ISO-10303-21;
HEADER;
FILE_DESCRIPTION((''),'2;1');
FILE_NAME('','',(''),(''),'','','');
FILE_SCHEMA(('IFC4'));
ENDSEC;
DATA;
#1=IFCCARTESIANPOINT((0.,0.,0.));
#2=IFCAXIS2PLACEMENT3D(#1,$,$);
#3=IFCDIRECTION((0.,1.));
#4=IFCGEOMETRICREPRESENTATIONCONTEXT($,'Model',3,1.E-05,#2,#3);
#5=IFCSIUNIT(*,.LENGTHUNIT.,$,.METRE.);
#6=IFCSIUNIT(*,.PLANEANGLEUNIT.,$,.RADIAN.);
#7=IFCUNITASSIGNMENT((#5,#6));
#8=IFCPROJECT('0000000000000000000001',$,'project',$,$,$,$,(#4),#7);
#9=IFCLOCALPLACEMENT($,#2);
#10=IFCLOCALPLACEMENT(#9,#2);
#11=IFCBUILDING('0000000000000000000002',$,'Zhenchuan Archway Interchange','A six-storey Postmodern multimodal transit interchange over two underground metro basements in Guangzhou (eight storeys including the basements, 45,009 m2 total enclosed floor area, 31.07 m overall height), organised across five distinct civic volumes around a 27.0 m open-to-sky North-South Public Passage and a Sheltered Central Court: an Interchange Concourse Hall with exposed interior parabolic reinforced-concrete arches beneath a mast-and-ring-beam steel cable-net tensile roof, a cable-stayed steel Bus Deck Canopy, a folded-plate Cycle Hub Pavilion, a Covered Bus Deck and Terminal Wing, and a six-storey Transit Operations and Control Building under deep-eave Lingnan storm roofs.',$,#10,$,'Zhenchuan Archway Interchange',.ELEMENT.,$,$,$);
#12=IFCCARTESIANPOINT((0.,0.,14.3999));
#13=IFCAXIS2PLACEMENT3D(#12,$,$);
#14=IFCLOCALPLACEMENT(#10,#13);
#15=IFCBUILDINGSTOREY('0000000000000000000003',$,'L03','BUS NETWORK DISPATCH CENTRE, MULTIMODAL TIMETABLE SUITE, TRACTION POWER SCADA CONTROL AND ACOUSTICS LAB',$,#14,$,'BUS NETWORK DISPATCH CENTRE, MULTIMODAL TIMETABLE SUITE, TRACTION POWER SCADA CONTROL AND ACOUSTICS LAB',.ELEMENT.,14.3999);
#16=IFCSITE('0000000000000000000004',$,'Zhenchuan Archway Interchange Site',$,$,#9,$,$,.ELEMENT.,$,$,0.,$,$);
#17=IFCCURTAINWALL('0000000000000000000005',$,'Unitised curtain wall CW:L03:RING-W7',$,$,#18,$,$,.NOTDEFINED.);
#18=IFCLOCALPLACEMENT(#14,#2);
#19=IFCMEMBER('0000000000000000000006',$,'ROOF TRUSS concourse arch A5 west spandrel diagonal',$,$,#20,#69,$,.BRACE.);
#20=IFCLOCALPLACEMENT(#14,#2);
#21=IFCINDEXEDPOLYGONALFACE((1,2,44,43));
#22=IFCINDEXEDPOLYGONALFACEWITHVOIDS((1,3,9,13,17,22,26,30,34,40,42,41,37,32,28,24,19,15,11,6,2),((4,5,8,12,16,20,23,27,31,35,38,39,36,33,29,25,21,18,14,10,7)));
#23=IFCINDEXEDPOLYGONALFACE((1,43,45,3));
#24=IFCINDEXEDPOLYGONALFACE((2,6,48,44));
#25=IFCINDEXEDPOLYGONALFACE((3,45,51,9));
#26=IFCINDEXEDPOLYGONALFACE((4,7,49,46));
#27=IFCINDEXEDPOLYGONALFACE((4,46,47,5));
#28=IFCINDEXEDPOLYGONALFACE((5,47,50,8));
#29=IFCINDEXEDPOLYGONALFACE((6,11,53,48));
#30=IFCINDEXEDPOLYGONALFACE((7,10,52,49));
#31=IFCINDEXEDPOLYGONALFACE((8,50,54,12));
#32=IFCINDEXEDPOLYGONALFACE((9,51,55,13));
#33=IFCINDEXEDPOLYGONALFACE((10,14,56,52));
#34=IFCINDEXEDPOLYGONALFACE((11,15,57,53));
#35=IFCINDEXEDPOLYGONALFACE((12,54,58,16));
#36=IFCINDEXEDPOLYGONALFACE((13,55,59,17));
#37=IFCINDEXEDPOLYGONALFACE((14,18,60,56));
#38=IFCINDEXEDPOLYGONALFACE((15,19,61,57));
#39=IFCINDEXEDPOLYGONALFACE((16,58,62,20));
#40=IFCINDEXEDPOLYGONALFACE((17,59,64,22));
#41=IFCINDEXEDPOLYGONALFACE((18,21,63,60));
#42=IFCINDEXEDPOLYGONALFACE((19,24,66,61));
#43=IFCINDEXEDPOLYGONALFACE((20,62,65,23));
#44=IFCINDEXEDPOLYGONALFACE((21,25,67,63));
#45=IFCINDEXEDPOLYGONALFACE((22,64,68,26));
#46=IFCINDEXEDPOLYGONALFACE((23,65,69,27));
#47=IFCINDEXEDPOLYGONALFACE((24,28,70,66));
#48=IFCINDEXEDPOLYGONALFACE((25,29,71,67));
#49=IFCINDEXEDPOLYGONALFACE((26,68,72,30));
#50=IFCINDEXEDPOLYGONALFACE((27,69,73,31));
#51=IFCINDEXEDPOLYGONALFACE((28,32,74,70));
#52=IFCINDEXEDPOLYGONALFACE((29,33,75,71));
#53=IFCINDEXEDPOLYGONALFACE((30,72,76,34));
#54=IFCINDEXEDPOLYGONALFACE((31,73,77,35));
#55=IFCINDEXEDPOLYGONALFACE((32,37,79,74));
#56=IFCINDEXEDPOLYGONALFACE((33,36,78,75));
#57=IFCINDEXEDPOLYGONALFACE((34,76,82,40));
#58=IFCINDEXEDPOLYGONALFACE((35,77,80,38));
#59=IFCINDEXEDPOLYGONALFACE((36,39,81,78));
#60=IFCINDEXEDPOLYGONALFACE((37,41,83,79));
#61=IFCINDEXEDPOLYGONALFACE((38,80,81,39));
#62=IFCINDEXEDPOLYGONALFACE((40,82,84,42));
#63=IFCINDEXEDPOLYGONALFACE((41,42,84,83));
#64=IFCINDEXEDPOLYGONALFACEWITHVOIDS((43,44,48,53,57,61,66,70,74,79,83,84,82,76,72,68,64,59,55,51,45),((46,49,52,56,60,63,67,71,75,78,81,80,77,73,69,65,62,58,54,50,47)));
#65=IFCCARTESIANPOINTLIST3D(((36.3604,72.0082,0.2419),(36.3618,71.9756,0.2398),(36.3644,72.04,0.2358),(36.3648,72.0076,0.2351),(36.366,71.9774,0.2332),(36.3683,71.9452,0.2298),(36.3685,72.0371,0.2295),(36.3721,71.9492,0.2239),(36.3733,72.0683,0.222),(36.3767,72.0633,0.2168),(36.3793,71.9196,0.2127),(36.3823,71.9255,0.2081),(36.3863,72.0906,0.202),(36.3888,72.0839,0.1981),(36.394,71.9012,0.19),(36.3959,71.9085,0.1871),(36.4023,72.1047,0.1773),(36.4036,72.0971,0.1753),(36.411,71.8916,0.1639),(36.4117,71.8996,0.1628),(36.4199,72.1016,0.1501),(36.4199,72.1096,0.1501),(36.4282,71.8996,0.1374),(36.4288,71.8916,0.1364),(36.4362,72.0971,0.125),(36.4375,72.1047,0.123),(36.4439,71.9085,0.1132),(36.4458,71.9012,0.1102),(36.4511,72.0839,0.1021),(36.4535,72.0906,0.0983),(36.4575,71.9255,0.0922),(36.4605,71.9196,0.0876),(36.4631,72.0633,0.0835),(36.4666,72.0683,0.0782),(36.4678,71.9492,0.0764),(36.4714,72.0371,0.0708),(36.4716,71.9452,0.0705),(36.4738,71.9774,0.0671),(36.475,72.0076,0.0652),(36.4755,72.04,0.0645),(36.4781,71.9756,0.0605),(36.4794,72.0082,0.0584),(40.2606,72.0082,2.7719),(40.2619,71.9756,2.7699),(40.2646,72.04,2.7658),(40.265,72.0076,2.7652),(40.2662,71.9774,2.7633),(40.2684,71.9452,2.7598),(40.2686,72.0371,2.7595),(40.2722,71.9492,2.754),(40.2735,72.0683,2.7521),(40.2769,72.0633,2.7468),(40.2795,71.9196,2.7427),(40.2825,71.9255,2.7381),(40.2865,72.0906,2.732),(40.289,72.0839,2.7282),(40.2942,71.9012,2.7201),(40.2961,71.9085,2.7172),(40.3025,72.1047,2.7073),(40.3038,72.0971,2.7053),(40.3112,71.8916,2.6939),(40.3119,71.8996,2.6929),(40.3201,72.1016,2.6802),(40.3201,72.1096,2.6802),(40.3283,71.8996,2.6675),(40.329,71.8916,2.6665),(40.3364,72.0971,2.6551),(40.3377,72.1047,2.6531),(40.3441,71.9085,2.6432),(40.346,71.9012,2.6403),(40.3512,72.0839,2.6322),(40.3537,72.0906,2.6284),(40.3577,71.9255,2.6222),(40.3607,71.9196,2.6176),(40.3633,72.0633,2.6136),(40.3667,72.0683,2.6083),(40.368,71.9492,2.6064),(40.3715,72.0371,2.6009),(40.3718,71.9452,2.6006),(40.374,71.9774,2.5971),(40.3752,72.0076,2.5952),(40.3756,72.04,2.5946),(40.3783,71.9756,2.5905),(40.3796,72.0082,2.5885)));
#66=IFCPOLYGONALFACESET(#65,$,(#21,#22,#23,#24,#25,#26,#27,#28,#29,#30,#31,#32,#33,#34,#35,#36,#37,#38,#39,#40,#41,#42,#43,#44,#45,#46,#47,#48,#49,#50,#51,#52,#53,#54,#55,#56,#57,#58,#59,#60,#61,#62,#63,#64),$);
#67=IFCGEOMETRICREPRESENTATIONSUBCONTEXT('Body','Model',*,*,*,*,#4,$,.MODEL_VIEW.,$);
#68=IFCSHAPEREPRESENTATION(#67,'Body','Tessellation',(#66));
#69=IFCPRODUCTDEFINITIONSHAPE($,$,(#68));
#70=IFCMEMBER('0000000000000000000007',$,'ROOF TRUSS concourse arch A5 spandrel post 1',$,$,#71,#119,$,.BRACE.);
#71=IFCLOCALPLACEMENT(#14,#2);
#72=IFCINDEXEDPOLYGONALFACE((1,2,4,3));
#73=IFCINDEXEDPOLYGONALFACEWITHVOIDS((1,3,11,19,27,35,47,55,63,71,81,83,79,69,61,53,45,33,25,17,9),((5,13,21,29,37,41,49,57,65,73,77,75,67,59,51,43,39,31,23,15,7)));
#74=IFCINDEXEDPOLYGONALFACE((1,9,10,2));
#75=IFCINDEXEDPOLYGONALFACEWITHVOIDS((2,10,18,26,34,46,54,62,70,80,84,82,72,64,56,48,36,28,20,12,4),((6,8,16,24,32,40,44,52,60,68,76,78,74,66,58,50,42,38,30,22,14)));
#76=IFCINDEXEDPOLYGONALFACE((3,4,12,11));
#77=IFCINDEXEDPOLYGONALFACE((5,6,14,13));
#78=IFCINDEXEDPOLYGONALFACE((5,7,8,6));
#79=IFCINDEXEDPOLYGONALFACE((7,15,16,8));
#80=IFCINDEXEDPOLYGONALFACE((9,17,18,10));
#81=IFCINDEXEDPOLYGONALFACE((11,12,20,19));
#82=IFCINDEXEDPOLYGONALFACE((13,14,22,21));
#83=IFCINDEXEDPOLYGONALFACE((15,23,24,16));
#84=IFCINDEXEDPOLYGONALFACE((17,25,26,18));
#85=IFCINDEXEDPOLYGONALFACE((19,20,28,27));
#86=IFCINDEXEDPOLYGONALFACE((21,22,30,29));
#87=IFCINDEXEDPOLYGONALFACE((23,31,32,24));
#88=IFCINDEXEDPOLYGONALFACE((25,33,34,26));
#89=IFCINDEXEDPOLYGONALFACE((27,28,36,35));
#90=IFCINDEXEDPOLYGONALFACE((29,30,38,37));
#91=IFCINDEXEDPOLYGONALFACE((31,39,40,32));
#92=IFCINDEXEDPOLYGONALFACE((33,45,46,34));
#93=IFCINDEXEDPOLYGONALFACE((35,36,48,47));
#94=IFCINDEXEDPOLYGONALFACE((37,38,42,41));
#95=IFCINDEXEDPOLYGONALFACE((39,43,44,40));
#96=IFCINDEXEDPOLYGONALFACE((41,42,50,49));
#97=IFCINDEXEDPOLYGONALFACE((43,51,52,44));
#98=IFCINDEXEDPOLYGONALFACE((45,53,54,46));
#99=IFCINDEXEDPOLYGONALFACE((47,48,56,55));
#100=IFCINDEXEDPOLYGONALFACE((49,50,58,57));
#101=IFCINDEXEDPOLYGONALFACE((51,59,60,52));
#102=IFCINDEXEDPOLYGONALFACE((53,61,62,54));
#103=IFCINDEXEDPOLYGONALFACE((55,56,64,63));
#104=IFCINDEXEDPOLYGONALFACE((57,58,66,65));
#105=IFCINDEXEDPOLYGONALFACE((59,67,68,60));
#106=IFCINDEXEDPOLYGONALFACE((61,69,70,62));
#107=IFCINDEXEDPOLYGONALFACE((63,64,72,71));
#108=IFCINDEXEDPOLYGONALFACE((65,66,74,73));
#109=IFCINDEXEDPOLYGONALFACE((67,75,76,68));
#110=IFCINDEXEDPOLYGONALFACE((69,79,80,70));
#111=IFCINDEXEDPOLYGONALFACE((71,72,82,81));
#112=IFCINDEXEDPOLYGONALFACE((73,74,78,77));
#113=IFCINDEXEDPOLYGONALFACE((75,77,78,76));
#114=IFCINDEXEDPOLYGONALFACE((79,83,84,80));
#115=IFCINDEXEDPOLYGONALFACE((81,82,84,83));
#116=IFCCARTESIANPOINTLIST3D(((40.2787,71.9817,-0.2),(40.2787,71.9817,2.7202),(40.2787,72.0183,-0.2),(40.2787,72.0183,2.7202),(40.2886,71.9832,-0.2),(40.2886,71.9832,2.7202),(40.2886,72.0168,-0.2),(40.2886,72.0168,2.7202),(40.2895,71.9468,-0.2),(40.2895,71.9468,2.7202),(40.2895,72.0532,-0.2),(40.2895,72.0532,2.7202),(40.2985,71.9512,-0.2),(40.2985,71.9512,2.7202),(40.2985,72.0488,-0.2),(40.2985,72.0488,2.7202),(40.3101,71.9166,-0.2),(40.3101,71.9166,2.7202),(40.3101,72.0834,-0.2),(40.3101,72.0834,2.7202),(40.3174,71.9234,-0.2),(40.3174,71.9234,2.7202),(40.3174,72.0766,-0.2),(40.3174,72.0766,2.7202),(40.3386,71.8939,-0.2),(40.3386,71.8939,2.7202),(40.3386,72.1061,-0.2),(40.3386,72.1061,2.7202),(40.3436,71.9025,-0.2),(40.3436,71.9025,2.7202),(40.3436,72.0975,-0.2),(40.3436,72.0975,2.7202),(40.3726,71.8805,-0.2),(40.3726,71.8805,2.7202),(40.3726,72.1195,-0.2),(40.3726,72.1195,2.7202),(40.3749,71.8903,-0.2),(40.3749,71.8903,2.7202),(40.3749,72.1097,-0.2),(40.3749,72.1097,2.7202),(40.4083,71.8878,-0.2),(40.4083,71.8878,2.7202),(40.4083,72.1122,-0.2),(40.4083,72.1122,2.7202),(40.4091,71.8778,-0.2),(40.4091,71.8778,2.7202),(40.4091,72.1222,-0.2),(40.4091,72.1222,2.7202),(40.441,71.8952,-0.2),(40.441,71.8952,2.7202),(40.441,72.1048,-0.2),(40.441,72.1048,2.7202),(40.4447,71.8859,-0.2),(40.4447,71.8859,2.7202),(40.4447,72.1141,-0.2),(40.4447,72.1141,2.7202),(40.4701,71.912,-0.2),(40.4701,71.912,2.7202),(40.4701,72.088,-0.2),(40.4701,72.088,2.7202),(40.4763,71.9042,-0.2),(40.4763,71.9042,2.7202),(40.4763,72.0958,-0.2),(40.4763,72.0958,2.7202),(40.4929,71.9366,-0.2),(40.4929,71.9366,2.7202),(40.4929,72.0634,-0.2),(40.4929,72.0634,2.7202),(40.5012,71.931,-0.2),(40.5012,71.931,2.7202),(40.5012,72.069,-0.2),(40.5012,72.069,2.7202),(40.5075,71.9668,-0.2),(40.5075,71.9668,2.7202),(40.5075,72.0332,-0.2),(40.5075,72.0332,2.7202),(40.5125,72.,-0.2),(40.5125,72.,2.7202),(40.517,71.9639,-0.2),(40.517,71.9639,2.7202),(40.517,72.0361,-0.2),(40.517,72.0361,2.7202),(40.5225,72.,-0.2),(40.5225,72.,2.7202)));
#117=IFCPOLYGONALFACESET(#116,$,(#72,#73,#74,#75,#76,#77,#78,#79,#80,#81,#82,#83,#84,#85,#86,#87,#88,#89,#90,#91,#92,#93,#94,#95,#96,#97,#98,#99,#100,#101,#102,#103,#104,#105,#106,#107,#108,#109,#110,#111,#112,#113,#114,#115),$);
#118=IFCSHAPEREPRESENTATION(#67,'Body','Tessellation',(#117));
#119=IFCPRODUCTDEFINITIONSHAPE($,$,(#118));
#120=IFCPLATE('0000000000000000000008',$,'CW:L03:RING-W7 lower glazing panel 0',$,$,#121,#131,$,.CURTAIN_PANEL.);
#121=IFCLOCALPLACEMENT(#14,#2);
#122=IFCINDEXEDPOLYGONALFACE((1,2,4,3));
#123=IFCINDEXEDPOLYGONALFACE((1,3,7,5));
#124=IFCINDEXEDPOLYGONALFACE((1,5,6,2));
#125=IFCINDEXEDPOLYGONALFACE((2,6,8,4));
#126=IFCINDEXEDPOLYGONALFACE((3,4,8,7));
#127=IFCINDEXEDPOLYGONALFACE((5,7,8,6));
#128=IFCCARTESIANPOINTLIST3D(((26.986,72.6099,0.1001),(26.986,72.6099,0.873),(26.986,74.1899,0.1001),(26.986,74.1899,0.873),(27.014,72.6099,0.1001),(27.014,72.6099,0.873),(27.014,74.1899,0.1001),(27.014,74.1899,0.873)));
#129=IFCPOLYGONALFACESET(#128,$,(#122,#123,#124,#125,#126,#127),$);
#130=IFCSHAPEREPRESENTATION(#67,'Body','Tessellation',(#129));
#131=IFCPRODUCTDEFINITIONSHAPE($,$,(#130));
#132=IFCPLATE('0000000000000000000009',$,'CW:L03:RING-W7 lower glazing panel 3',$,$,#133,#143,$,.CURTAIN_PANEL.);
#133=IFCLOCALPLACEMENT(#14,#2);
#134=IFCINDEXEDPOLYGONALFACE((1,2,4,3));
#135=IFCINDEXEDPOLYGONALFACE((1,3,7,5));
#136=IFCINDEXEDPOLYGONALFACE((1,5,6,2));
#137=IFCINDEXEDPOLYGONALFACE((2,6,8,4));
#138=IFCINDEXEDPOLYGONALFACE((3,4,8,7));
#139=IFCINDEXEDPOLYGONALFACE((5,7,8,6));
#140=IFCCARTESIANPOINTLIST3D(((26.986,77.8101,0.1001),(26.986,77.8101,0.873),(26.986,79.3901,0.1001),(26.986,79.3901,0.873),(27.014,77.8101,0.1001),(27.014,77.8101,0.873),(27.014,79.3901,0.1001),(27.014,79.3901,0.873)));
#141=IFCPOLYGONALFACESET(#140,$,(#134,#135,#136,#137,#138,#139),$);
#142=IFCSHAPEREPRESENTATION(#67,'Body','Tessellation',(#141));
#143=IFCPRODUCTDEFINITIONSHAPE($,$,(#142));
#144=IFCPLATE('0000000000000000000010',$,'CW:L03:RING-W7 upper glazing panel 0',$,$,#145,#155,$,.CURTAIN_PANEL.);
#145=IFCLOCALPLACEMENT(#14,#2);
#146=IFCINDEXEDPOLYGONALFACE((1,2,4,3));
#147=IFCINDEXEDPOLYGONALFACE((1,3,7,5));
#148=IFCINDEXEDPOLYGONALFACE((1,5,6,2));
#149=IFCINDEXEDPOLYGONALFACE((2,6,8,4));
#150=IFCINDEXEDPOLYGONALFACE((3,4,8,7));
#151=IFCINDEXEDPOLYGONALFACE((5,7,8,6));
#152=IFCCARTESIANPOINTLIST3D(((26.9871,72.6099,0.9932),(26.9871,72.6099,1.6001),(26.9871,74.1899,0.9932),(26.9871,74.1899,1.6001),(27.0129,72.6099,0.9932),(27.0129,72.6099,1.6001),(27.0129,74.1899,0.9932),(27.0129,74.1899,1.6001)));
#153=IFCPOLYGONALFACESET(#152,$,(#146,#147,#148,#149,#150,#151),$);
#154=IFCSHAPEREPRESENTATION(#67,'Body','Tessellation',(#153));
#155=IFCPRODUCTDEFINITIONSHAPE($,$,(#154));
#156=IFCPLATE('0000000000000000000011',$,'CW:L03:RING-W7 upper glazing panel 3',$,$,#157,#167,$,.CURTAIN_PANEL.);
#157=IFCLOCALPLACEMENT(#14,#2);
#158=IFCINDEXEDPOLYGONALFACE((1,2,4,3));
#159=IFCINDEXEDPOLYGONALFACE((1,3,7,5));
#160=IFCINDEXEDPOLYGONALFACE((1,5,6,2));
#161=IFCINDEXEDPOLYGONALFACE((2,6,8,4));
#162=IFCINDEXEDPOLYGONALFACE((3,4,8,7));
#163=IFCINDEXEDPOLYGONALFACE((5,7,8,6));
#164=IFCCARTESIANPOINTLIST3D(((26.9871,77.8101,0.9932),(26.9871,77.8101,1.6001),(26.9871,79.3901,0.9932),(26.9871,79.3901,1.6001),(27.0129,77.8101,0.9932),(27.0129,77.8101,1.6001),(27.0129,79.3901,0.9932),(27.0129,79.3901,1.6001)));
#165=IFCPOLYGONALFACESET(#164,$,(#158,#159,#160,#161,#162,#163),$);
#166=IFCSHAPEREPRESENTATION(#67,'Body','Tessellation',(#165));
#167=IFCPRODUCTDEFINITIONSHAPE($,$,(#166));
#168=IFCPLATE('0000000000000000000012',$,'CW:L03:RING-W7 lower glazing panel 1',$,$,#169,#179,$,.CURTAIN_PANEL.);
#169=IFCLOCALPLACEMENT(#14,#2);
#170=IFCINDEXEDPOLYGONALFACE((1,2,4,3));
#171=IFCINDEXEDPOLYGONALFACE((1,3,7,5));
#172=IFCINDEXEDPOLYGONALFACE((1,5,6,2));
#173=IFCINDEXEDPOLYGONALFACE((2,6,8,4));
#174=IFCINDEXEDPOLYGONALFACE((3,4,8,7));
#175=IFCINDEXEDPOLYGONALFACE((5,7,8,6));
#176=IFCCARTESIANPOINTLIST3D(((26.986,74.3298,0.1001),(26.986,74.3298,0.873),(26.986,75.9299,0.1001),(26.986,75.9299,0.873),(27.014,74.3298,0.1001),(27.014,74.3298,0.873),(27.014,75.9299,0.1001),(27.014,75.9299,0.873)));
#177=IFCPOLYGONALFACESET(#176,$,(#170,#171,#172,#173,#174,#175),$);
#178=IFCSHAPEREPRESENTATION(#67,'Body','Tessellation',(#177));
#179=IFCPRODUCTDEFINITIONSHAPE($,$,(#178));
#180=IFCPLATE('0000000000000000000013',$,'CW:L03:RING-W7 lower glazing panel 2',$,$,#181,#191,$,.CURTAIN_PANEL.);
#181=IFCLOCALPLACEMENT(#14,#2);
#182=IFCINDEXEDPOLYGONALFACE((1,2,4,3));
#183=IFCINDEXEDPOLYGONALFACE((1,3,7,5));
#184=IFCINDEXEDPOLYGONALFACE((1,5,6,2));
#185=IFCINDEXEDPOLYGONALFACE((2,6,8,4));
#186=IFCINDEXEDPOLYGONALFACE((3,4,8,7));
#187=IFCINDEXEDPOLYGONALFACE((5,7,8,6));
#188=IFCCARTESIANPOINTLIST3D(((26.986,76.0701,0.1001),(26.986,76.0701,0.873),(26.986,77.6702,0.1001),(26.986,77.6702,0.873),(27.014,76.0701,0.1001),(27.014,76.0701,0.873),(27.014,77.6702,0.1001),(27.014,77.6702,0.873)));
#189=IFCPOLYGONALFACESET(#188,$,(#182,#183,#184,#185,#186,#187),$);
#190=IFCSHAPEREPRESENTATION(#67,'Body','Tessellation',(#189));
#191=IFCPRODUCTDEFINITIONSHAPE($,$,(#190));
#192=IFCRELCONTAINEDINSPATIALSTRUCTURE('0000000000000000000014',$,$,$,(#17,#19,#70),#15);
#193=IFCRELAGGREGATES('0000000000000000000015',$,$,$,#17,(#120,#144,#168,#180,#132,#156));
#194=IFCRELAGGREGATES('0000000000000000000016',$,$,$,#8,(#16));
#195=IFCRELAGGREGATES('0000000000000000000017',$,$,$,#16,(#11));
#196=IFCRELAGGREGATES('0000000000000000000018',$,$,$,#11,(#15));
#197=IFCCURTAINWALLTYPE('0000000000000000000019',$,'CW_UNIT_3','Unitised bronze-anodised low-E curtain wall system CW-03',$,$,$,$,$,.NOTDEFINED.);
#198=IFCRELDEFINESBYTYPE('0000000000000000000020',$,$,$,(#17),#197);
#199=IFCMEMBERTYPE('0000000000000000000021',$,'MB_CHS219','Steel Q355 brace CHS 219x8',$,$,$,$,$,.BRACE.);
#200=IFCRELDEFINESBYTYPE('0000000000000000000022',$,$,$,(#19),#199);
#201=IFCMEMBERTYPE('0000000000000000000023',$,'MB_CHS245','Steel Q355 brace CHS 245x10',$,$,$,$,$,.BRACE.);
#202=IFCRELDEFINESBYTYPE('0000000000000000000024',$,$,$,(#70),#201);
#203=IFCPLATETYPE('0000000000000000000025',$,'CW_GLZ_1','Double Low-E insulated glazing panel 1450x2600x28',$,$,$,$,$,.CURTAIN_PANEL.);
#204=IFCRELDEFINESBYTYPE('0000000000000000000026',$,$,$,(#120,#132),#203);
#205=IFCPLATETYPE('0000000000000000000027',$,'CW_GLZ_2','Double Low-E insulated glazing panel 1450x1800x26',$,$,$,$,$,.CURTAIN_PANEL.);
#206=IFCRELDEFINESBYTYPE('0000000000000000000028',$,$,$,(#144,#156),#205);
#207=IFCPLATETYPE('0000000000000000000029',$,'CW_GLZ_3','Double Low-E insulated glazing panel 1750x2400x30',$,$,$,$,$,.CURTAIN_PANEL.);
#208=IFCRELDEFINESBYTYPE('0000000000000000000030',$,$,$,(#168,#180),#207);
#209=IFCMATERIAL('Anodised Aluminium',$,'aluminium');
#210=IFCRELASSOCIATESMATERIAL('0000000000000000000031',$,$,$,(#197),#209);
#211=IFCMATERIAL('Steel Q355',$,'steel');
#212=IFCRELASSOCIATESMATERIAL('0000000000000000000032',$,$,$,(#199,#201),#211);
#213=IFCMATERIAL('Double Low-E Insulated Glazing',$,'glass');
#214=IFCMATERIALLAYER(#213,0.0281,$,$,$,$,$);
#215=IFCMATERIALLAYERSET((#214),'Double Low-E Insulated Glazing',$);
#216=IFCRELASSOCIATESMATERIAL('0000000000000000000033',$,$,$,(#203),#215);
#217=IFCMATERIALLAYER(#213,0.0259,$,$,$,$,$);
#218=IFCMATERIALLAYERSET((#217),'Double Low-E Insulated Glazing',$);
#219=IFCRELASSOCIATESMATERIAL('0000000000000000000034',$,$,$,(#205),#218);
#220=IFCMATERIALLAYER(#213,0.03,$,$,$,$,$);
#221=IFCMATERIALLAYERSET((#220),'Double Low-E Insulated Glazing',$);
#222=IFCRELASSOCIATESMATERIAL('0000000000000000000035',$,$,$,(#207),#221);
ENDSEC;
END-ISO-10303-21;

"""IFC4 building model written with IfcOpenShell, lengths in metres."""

from ifc_helpers import new_model, si_unit, direction, frame, origin, origin_2d, place, context, subcontext, project, spatial, rectangle, hollow_circle, extrude, material, layer, layer_set, material_profile, profile_set, type_object, element, aggregate, save


model = new_model("IFC4")

# Units and contexts
model_context = context("Model", 3, precision=1e-05, world=origin(), true_north=direction((0.0, 1.0)))
body_context = subcontext(model_context, "Body", "Model", "MODEL_VIEW")
ifc_project = project(units=[si_unit("LENGTHUNIT", "METRE"), si_unit("PLANEANGLEUNIT", "RADIAN")], contexts=[model_context])

# Site, building, storey
site_placement = place(None, origin())
site = spatial("IfcSite", under=ifc_project, at=site_placement, Name="Zhenchuan Archway Interchange Site", CompositionType="ELEMENT", RefElevation=0.0)
building_placement = place(site_placement, origin())
building = spatial("IfcBuilding", under=site, at=building_placement, Name="Zhenchuan Archway Interchange", Description="A six-storey Postmodern multimodal transit interchange over two underground metro basements in Guangzhou (eight storeys including the basements, 45,009 m2 total enclosed floor area, 31.07 m overall height), organised across five distinct civic volumes around a 27.0 m open-to-sky North-South Public Passage and a Sheltered Central Court: an Interchange Concourse Hall with exposed interior parabolic reinforced-concrete arches beneath a mast-and-ring-beam steel cable-net tensile roof, a cable-stayed steel Bus Deck Canopy, a folded-plate Cycle Hub Pavilion, a Covered Bus Deck and Terminal Wing, and a six-storey Transit Operations and Control Building under deep-eave Lingnan storm roofs.", LongName="Zhenchuan Archway Interchange", CompositionType="ELEMENT")
storey_placement = place(building_placement, frame((0.0, 0.0, 14.3999)))
storey = spatial("IfcBuildingStorey", under=building, at=storey_placement, Name="L03", Description="BUS NETWORK DISPATCH CENTRE, MULTIMODAL TIMETABLE SUITE, TRACTION POWER SCADA CONTROL AND ACOUSTICS LAB", LongName="BUS NETWORK DISPATCH CENTRE, MULTIMODAL TIMETABLE SUITE, TRACTION POWER SCADA CONTROL AND ACOUSTICS LAB", CompositionType="ELEMENT", Elevation=14.3999)

# Shared definitions
ifc_material_1 = material(Name="Steel Q355", Category="steel")

# Curtain wall
ifc_material_2 = material(Name="Anodised Aluminium", Category="aluminium")
curtain_wall_type = type_object("IfcCurtainWallType", Name="CW_UNIT_3", Description="Unitised bronze-anodised low-E curtain wall system CW-03", PredefinedType="NOTDEFINED", material=ifc_material_2)
curtain_wall_placement = place(storey_placement, origin())
curtain_wall = element("IfcCurtainWall", 1, at=curtain_wall_placement, inside=storey, type_object=curtain_wall_type, Name="Unitised curtain wall CW:L03:RING-W7", PredefinedType="NOTDEFINED")

# Members
ifc_material_profile_1 = material_profile(ifc_material_1, hollow_circle(Radius=0.1096, WallThickness=0.0081, at=origin_2d()), Name="CHS 219x8")
ifc_profile_set_1 = profile_set([ifc_material_profile_1], Name="Steel Q355")
member_type_1 = type_object("IfcMemberType", Name="MB_CHS219", Description="Steel Q355 brace CHS 219x8", PredefinedType="BRACE", material=ifc_profile_set_1)
member_1_placement = place(storey_placement, frame((36.4199, 72.0, 0.1501), z_axis=(0.838941, 0.0, 0.544222), x_axis=(0.0, 1.0, 0.0)))
element("IfcMember", 2, at=member_1_placement, inside=storey, type_object=member_type_1, Name="ROOF TRUSS concourse arch A5 west spandrel diagonal", PredefinedType="BRACE", context=body_context, shape_type="SweptSolid", body=[
    extrude(hollow_circle(Radius=0.1096, WallThickness=0.0081, at=origin_2d()), origin(), (0.0, 0.0, 1.0), 4.6489),
])
ifc_material_profile_2 = material_profile(ifc_material_1, hollow_circle(Radius=0.1226, WallThickness=0.01, at=origin_2d()), Name="CHS 245x10")
ifc_profile_set_2 = profile_set([ifc_material_profile_2], Name="Steel Q355")
member_type_2 = type_object("IfcMemberType", Name="MB_CHS245", Description="Steel Q355 brace CHS 245x10", PredefinedType="BRACE", material=ifc_profile_set_2)
member_2_placement = place(storey_placement, frame((40.3999, 72.0, -0.2), z_axis=(0.0, 0.0, 1.0), x_axis=(1.0, 0.0, 0.0)))
element("IfcMember", 3, at=member_2_placement, inside=storey, type_object=member_type_2, Name="ROOF TRUSS concourse arch A5 spandrel post 1", PredefinedType="BRACE", context=body_context, shape_type="SweptSolid", body=[
    extrude(hollow_circle(Radius=0.1226, WallThickness=0.01, at=origin_2d()), origin(), (0.0, 0.0, 1.0), 2.9202),
])

# Plates
ifc_material_3 = material(Name="Double Low-E Insulated Glazing", Category="glass")
ifc_layer_1 = layer(ifc_material_3, 0.0281)
ifc_layer_set_1 = layer_set([ifc_layer_1], Name="Double Low-E Insulated Glazing")
plate_type_1 = type_object("IfcPlateType", Name="CW_GLZ_1", Description="Double Low-E insulated glazing panel 1450x2600x28", PredefinedType="CURTAIN_PANEL", material=ifc_layer_set_1)
plate_1_placement = place(storey_placement, frame((27.0, 73.3999, 0.1001), z_axis=(0.0, 0.0, 1.0), x_axis=(0.0, 1.0, 0.0)))
plate_1 = element("IfcPlate", 4, at=plate_1_placement, type_object=plate_type_1, Name="CW:L03:RING-W7 lower glazing panel 0", PredefinedType="CURTAIN_PANEL", context=body_context, shape_type="SweptSolid", body=[
    extrude(rectangle(XDim=1.5801, YDim=0.0281, at=origin_2d()), origin(), (0.0, 0.0, 1.0), 0.7729),
])
plate_2_placement = place(storey_placement, frame((27.0, 78.6001, 0.1001), z_axis=(0.0, 0.0, 1.0), x_axis=(0.0, 1.0, 0.0)))
plate_2 = element("IfcPlate", 5, at=plate_2_placement, type_object=plate_type_1, Name="CW:L03:RING-W7 lower glazing panel 3", PredefinedType="CURTAIN_PANEL", context=body_context, shape_type="SweptSolid", body=[
    extrude(rectangle(XDim=1.5801, YDim=0.0281, at=origin_2d()), origin(), (0.0, 0.0, 1.0), 0.7729),
])
ifc_layer_2 = layer(ifc_material_3, 0.0259)
ifc_layer_set_2 = layer_set([ifc_layer_2], Name="Double Low-E Insulated Glazing")
plate_type_2 = type_object("IfcPlateType", Name="CW_GLZ_2", Description="Double Low-E insulated glazing panel 1450x1800x26", PredefinedType="CURTAIN_PANEL", material=ifc_layer_set_2)
plate_3_placement = place(storey_placement, frame((27.0, 73.3999, 0.9932), z_axis=(0.0, 0.0, 1.0), x_axis=(0.0, 1.0, 0.0)))
plate_3 = element("IfcPlate", 6, at=plate_3_placement, type_object=plate_type_2, Name="CW:L03:RING-W7 upper glazing panel 0", PredefinedType="CURTAIN_PANEL", context=body_context, shape_type="SweptSolid", body=[
    extrude(rectangle(XDim=1.5801, YDim=0.0259, at=origin_2d()), origin(), (0.0, 0.0, 1.0), 0.6069),
])
plate_4_placement = place(storey_placement, frame((27.0, 78.6001, 0.9932), z_axis=(0.0, 0.0, 1.0), x_axis=(0.0, 1.0, 0.0)))
plate_4 = element("IfcPlate", 7, at=plate_4_placement, type_object=plate_type_2, Name="CW:L03:RING-W7 upper glazing panel 3", PredefinedType="CURTAIN_PANEL", context=body_context, shape_type="SweptSolid", body=[
    extrude(rectangle(XDim=1.5801, YDim=0.0259, at=origin_2d()), origin(), (0.0, 0.0, 1.0), 0.6069),
])
ifc_layer_3 = layer(ifc_material_3, 0.03)
ifc_layer_set_3 = layer_set([ifc_layer_3], Name="Double Low-E Insulated Glazing")
plate_type_3 = type_object("IfcPlateType", Name="CW_GLZ_3", Description="Double Low-E insulated glazing panel 1750x2400x30", PredefinedType="CURTAIN_PANEL", material=ifc_layer_set_3)
plate_5_placement = place(storey_placement, frame((27.0, 75.1299, 0.1001), z_axis=(0.0, 0.0, 1.0), x_axis=(0.0, 1.0, 0.0)))
plate_5 = element("IfcPlate", 8, at=plate_5_placement, type_object=plate_type_3, Name="CW:L03:RING-W7 lower glazing panel 1", PredefinedType="CURTAIN_PANEL", context=body_context, shape_type="SweptSolid", body=[
    extrude(rectangle(XDim=1.6001, YDim=0.0281, at=origin_2d()), origin(), (0.0, 0.0, 1.0), 0.7729),
])
plate_6_placement = place(storey_placement, frame((27.0, 76.8701, 0.1001), z_axis=(0.0, 0.0, 1.0), x_axis=(0.0, 1.0, 0.0)))
plate_6 = element("IfcPlate", 9, at=plate_6_placement, type_object=plate_type_3, Name="CW:L03:RING-W7 lower glazing panel 2", PredefinedType="CURTAIN_PANEL", context=body_context, shape_type="SweptSolid", body=[
    extrude(rectangle(XDim=1.6001, YDim=0.0281, at=origin_2d()), origin(), (0.0, 0.0, 1.0), 0.7729),
])
aggregate(curtain_wall, [plate_1, plate_3, plate_5, plate_6, plate_2, plate_4])

save(model, "model.ifc")
